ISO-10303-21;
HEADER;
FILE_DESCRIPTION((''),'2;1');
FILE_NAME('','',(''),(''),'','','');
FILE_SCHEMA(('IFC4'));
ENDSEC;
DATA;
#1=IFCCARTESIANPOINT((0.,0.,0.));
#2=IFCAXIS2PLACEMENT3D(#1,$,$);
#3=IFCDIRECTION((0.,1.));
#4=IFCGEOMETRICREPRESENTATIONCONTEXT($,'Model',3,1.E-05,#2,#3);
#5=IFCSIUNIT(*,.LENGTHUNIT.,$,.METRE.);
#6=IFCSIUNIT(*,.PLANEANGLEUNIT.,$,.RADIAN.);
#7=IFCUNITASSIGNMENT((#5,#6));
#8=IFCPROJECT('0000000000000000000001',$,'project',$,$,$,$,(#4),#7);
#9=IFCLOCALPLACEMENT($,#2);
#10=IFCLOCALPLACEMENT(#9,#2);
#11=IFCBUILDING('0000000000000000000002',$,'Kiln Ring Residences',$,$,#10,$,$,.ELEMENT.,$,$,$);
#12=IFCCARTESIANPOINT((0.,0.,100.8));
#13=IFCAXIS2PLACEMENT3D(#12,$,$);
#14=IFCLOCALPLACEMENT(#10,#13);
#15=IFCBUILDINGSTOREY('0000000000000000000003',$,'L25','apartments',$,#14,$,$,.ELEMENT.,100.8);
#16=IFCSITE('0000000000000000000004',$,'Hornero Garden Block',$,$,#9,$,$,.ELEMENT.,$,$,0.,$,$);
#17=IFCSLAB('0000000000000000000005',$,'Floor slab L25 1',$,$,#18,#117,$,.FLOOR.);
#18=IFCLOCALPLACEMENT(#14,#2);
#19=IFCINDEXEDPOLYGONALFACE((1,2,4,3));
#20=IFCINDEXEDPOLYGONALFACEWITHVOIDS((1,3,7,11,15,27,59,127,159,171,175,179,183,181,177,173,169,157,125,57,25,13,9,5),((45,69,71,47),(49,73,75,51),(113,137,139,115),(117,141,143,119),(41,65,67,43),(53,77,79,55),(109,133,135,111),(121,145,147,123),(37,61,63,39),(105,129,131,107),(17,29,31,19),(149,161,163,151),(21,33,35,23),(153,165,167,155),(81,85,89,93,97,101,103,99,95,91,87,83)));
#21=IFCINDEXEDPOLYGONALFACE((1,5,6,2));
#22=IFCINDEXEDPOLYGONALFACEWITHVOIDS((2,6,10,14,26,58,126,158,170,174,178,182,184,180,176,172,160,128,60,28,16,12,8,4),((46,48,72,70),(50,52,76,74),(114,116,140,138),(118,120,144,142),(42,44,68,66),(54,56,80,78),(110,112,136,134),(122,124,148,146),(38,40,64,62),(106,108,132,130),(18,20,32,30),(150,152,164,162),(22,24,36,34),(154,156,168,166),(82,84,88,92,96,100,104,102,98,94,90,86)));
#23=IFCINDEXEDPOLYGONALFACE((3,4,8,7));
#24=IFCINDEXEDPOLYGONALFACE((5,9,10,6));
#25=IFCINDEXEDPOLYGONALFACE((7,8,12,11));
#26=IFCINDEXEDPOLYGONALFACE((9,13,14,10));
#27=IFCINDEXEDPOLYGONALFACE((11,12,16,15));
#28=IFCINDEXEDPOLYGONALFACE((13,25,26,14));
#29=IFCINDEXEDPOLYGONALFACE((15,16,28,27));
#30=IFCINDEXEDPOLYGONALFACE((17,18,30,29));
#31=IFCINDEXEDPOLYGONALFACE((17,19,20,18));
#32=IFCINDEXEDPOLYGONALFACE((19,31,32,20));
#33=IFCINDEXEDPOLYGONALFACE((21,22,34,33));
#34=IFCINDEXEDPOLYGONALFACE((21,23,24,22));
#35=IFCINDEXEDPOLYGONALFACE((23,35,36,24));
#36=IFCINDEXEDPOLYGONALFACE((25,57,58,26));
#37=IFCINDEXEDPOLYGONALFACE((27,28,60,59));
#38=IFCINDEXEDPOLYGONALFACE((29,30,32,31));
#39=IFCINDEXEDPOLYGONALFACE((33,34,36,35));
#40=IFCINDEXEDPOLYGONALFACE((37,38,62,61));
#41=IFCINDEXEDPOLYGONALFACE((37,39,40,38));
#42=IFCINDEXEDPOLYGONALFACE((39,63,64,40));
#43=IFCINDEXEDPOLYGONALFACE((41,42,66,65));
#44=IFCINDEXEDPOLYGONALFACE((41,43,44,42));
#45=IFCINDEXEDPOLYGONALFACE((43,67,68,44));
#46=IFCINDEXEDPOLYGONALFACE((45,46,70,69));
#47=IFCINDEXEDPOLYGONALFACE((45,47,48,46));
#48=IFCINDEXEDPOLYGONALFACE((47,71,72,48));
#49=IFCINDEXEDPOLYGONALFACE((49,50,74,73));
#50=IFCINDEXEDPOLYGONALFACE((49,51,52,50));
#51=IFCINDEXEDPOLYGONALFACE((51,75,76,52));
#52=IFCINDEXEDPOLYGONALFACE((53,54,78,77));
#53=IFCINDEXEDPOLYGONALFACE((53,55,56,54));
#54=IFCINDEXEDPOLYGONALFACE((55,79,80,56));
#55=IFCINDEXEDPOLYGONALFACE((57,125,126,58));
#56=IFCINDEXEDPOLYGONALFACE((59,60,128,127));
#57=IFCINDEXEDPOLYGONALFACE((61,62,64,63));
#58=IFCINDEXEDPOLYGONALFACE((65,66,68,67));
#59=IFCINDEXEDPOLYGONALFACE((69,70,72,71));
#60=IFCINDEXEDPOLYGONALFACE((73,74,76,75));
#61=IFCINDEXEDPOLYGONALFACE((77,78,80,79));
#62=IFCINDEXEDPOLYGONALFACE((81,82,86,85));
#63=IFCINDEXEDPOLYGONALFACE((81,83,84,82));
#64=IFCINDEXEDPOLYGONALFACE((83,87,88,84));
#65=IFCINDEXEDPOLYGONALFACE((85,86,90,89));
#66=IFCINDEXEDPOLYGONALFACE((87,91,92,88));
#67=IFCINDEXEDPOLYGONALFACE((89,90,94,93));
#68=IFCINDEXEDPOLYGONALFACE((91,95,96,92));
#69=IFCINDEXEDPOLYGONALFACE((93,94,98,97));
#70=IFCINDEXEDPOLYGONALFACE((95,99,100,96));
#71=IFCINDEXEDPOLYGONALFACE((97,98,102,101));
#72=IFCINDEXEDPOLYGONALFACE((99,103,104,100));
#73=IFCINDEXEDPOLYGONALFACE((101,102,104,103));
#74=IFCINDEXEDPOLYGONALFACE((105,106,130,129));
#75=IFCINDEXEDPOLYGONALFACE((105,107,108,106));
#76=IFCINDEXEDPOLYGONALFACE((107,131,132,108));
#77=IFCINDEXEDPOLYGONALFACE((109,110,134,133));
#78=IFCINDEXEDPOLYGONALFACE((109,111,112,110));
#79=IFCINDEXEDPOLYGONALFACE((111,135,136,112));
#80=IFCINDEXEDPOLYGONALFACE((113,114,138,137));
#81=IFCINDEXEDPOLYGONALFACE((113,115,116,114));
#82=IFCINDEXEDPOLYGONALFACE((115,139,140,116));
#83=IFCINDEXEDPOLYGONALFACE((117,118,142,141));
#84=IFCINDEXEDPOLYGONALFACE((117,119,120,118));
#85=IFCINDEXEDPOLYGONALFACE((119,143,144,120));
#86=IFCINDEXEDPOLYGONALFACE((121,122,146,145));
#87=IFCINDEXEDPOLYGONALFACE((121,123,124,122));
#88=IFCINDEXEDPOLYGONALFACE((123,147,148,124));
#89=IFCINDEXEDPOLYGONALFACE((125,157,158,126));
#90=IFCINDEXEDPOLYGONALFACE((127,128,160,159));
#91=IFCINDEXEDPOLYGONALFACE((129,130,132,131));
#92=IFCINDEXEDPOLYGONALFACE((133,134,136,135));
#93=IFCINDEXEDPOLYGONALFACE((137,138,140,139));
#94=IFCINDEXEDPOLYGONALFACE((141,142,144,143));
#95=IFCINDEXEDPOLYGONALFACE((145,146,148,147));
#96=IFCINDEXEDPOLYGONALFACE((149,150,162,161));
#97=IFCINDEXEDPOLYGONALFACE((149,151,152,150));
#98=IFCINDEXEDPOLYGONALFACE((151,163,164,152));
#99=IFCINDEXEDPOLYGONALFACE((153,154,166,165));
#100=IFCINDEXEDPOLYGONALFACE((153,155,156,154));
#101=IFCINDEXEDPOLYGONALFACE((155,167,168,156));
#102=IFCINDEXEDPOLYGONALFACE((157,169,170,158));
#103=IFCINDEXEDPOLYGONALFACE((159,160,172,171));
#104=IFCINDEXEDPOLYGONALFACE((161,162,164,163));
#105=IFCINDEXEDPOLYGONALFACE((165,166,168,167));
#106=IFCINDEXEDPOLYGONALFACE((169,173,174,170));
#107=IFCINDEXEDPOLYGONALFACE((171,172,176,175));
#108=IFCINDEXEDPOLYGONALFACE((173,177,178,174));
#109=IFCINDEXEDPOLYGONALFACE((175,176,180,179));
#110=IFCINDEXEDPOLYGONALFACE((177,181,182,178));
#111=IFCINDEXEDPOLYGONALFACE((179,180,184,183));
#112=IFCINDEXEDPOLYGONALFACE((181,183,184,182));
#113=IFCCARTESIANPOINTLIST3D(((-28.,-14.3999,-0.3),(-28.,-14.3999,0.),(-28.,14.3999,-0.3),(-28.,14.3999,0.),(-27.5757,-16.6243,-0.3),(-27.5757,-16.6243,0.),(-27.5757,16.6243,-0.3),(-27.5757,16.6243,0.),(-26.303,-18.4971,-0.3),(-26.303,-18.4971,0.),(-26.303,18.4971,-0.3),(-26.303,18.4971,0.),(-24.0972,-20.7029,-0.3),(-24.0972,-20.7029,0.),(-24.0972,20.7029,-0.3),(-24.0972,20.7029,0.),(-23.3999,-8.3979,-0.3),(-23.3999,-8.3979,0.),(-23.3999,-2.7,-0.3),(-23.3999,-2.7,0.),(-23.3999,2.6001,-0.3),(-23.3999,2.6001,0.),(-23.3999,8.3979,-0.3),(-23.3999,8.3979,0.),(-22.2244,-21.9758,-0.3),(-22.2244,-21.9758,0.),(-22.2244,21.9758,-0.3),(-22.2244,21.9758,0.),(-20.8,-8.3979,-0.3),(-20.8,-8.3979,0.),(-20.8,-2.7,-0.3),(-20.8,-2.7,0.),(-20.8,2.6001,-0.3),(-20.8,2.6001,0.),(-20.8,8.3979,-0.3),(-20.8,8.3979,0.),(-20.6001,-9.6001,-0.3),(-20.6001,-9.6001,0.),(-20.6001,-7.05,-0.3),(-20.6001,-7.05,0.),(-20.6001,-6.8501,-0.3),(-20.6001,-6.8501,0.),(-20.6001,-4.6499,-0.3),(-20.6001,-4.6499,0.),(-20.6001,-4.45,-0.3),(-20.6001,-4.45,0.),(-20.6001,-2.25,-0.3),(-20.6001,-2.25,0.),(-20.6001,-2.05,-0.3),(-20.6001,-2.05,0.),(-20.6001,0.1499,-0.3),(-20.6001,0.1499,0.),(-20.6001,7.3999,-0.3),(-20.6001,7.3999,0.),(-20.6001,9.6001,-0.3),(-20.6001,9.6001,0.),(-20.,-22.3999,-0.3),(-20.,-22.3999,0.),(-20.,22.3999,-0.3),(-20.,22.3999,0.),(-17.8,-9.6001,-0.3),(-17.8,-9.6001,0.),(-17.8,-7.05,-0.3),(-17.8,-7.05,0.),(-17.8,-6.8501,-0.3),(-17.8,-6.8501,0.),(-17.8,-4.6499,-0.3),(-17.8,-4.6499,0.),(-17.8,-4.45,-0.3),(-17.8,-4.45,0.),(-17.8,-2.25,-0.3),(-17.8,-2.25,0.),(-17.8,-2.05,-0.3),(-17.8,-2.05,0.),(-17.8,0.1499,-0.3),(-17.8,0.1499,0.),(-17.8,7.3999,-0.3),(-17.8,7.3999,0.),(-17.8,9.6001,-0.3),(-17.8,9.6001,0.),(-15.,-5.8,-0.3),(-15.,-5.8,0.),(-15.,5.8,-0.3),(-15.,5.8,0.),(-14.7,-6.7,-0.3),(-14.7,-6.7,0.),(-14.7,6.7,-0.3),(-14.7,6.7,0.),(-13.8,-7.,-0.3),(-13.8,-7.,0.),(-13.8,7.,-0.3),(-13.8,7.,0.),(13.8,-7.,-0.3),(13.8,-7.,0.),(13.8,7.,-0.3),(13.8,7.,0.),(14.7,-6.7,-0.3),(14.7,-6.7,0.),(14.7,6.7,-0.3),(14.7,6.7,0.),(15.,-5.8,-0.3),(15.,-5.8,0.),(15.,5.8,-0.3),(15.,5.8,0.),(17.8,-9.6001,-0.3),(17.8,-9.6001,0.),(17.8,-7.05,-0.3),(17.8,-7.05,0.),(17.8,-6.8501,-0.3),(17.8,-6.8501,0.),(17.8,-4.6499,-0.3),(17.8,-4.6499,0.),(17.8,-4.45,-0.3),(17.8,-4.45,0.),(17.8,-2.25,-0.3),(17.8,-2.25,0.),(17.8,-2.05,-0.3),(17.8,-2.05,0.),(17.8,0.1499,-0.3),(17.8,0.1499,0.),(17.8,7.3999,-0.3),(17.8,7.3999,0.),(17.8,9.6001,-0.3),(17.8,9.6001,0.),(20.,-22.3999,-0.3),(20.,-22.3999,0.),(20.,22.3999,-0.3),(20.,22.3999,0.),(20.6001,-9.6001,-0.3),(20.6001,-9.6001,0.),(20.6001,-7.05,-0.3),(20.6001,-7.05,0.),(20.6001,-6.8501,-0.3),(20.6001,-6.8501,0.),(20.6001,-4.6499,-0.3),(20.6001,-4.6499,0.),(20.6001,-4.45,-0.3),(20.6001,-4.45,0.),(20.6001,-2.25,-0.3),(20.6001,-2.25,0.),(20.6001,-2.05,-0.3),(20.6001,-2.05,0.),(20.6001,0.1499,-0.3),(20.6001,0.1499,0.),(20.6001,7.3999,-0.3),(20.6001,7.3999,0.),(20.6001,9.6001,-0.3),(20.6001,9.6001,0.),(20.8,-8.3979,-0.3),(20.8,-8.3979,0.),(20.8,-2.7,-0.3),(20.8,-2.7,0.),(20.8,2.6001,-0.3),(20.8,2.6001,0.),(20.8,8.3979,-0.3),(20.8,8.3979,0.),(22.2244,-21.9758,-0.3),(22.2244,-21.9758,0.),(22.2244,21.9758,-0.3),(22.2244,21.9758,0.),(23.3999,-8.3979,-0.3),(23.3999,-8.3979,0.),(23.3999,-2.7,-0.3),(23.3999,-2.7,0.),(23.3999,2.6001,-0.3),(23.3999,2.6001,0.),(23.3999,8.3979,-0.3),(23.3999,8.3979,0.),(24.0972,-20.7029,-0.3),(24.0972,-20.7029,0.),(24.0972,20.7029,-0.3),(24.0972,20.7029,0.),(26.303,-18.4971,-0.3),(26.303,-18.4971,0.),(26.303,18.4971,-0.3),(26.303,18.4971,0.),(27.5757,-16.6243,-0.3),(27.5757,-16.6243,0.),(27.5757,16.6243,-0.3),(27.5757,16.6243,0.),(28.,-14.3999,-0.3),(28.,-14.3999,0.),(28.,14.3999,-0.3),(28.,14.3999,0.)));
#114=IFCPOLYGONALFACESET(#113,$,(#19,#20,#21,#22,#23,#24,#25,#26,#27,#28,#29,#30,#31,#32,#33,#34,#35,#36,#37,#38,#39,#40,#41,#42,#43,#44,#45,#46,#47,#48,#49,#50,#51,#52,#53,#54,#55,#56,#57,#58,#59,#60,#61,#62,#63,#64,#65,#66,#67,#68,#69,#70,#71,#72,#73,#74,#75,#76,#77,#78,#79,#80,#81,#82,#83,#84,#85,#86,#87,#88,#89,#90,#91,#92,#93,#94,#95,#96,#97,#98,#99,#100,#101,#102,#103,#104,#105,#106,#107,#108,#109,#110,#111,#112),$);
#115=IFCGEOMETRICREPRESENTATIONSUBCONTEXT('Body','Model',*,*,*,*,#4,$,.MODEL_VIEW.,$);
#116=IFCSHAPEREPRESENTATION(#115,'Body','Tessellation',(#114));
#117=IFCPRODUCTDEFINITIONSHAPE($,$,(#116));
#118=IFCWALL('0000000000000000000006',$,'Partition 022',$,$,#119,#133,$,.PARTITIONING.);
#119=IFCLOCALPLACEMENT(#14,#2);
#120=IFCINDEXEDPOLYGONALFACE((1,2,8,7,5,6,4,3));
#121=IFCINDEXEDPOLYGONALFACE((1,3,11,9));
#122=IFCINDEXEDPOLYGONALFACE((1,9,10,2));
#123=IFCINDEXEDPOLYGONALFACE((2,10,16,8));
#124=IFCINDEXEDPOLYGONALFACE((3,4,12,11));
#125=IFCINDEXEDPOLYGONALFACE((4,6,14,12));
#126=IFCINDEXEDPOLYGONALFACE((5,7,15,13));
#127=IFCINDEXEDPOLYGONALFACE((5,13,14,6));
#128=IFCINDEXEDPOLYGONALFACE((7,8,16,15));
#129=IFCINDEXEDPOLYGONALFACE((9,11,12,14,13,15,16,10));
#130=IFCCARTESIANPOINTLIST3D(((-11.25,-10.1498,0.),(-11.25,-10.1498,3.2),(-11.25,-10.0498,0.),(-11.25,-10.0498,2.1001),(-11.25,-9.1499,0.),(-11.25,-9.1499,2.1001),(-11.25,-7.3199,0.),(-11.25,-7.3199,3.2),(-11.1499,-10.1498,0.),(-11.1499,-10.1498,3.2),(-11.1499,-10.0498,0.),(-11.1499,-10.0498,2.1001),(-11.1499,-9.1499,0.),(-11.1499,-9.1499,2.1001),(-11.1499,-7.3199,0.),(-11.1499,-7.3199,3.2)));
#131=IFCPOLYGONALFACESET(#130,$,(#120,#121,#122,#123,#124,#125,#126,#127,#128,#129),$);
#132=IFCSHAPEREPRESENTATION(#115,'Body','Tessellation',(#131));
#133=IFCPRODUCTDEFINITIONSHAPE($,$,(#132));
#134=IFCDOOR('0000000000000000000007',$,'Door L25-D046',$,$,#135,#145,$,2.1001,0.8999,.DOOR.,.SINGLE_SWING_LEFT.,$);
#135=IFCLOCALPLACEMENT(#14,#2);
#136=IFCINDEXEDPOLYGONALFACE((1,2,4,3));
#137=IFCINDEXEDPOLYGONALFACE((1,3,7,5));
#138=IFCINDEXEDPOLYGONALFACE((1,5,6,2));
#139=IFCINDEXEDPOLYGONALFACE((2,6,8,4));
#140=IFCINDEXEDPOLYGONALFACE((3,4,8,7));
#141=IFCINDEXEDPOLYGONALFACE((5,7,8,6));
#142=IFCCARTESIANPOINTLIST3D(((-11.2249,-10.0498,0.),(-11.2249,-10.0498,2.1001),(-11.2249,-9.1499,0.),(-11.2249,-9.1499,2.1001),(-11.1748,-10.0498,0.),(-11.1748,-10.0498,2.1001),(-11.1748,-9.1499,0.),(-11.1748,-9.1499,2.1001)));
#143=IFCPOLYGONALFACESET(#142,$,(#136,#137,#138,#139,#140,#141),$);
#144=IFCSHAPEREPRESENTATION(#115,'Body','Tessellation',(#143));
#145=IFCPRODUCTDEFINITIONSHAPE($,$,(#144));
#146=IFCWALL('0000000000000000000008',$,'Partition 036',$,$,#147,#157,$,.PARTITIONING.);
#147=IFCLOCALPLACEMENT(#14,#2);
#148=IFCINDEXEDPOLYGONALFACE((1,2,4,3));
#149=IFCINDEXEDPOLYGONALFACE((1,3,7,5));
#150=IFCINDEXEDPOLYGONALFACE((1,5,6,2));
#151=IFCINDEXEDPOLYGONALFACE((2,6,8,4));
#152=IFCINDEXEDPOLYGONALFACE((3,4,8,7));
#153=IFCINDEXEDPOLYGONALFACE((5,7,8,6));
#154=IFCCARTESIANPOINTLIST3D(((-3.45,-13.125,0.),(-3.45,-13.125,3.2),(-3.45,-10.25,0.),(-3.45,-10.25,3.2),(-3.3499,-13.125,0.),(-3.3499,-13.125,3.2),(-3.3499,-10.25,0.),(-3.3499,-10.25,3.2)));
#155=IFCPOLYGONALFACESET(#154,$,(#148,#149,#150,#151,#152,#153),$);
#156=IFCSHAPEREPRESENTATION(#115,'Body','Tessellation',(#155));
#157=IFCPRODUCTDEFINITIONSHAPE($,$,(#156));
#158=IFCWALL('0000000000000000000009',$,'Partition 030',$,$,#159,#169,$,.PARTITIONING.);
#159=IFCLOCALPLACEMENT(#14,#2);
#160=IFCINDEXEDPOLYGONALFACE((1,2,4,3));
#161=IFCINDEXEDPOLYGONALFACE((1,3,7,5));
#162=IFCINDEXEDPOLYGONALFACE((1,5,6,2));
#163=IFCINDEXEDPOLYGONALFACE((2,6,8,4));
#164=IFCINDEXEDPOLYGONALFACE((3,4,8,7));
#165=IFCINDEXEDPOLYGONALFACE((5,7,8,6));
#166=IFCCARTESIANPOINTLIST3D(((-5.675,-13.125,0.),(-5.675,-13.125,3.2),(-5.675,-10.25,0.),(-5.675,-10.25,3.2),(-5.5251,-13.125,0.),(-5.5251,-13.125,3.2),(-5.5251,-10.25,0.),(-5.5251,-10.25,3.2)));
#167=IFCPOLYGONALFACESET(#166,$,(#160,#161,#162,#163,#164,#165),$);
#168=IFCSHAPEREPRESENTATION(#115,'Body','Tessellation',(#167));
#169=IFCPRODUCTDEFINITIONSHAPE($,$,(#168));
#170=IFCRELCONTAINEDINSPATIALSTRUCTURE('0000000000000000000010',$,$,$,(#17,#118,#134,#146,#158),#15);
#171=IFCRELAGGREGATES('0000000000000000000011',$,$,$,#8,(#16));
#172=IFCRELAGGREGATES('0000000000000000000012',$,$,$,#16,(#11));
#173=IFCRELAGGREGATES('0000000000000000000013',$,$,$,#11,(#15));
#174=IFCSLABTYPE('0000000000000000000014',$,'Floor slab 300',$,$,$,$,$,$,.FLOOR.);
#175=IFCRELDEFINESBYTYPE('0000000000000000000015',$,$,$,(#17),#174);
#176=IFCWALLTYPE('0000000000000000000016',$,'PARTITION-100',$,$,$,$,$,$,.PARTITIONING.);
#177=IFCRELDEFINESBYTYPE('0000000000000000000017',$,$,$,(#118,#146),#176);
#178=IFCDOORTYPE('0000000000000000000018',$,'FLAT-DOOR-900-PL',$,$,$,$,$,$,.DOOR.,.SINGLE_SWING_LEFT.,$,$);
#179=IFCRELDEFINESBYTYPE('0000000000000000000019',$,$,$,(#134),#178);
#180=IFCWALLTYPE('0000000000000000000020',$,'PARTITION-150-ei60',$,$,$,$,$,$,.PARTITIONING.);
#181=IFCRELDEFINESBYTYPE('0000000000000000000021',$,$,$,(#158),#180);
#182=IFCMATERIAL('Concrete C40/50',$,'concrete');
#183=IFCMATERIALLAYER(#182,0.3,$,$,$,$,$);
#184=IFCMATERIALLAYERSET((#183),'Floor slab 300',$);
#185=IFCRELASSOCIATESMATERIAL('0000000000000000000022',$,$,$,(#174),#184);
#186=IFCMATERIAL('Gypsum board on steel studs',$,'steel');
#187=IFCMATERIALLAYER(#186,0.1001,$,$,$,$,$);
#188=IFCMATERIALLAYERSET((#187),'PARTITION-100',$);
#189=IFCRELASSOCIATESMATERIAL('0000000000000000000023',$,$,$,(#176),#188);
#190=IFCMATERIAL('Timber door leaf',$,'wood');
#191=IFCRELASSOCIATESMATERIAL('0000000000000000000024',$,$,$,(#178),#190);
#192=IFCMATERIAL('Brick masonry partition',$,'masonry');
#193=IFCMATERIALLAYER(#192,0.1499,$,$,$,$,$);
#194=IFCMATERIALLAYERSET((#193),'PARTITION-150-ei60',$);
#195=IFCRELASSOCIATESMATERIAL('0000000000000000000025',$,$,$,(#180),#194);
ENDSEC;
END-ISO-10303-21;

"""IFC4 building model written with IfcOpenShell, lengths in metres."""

from ifc_helpers import new_model, si_unit, direction, frame, frame_2d, origin, place, context, subcontext, project, spatial, polyline, rectangle, outline, extrude, material, layer, layer_set, type_object, element, fill, save


model = new_model("IFC4")

# Units and contexts
model_context = context("Model", 3, precision=1e-05, world=origin(), true_north=direction((0.0, 1.0)))
body_context = subcontext(model_context, "Body", "Model", "MODEL_VIEW")
ifc_project = project(units=[si_unit("LENGTHUNIT", "METRE"), si_unit("PLANEANGLEUNIT", "RADIAN")], contexts=[model_context])

# Site, building, storey
site_placement = place(None, origin())
site = spatial("IfcSite", under=ifc_project, at=site_placement, Name="Hornero Garden Block", CompositionType="ELEMENT", RefElevation=0.0)
building_placement = place(site_placement, origin())
building = spatial("IfcBuilding", under=site, at=building_placement, Name="Kiln Ring Residences", CompositionType="ELEMENT")
storey_placement = place(building_placement, frame((0.0, 0.0, 100.8)))
storey = spatial("IfcBuildingStorey", under=building, at=storey_placement, Name="L25", Description="apartments", CompositionType="ELEMENT", Elevation=100.8)

# Slab
ifc_material_1 = material(Name="Concrete C40/50", Category="concrete")
ifc_layer_1 = layer(ifc_material_1, 0.3)
ifc_layer_set_1 = layer_set([ifc_layer_1], Name="Floor slab 300")
slab_type = type_object("IfcSlabType", Name="Floor slab 300", PredefinedType="FLOOR", material=ifc_layer_set_1)
slab_placement = place(storey_placement, frame((0.0, 0.0, -0.3)))
element("IfcSlab", 1, at=slab_placement, inside=storey, type_object=slab_type, Name="Floor slab L25 1", PredefinedType="FLOOR", context=body_context, shape_type="SweptSolid", body=[
    extrude(outline(polyline([(-26.303, -18.4971), (-24.0972, -20.7029), (-22.2244, -21.9758), (-20.0, -22.3999), (20.0, -22.3999), (22.2244, -21.9758), (24.0972, -20.7029), (26.303, -18.4971), (27.5757, -16.6243), (28.0, -14.3999), (28.0, 14.3999), (27.5757, 16.6243), (26.303, 18.4971), (24.0972, 20.7029), (22.2244, 21.9758), (20.0, 22.3999), (-20.0, 22.3999), (-22.2244, 21.9758), (-24.0972, 20.7029), (-26.303, 18.4971), (-27.5757, 16.6243), (-28.0, 14.3999), (-28.0, -14.3999), (-27.5757, -16.6243), (-26.303, -18.4971)]), holes=[polyline([(-14.7, -6.7), (-15.0, -5.8), (-15.0, 5.8), (-14.7, 6.7), (-13.8, 7.0), (13.8, 7.0), (14.7, 6.7), (15.0, 5.8), (15.0, -5.8), (14.7, -6.7), (13.8, -7.0), (-13.8, -7.0), (-14.7, -6.7)]), polyline([(20.8, -8.3979), (20.8, -2.7), (23.3999, -2.7), (23.3999, -8.3979), (20.8, -8.3979)]), polyline([(20.8, 2.6001), (20.8, 8.3979), (23.3999, 8.3979), (23.3999, 2.6001), (20.8, 2.6001)]), polyline([(17.8, -6.8501), (17.8, -4.6499), (20.6001, -4.6499), (20.6001, -6.8501), (17.8, -6.8501)]), polyline([(17.8, -4.45), (17.8, -2.25), (20.6001, -2.25), (20.6001, -4.45), (17.8, -4.45)]), polyline([(17.8, -2.05), (17.8, 0.1499), (20.6001, 0.1499), (20.6001, -2.05), (17.8, -2.05)]), polyline([(17.8, 7.3999), (17.8, 9.6001), (20.6001, 9.6001), (20.6001, 7.3999), (17.8, 7.3999)]), polyline([(20.6001, -9.6001), (17.8, -9.6001), (17.8, -7.05), (20.6001, -7.05), (20.6001, -9.6001)]), polyline([(-17.8, -7.05), (-17.8, -9.6001), (-20.6001, -9.6001), (-20.6001, -7.05), (-17.8, -7.05)]), polyline([(-17.8, -6.8501), (-20.6001, -6.8501), (-20.6001, -4.6499), (-17.8, -4.6499), (-17.8, -6.8501)]), polyline([(-17.8, -4.45), (-20.6001, -4.45), (-20.6001, -2.25), (-17.8, -2.25), (-17.8, -4.45)]), polyline([(-17.8, -2.05), (-20.6001, -2.05), (-20.6001, 0.1499), (-17.8, 0.1499), (-17.8, -2.05)]), polyline([(-17.8, 7.3999), (-20.6001, 7.3999), (-20.6001, 9.6001), (-17.8, 9.6001), (-17.8, 7.3999)]), polyline([(-20.8, -8.3979), (-23.3999, -8.3979), (-23.3999, -2.7), (-20.8, -2.7), (-20.8, -8.3979)]), polyline([(-20.8, 2.6001), (-23.3999, 2.6001), (-23.3999, 8.3979), (-20.8, 8.3979), (-20.8, 2.6001)])]), origin(), (0.0, 0.0, 1.0), 0.3),
])

# Wall, opening, door
ifc_material_2 = material(Name="Gypsum board on steel studs", Category="steel")
ifc_layer_2 = layer(ifc_material_2, 0.1001)
ifc_layer_set_2 = layer_set([ifc_layer_2], Name="PARTITION-100")
wall_type_1 = type_object("IfcWallType", Name="PARTITION-100", PredefinedType="PARTITIONING", material=ifc_layer_set_2)
wall_1_placement = place(storey_placement, frame((-11.2, -10.1499, 0.0), z_axis=(0.0, 0.0, 1.0), x_axis=(0.0, 1.0, 0.0)))
wall_1 = element("IfcWall", 2, at=wall_1_placement, inside=storey, type_object=wall_type_1, Name="Partition 022", PredefinedType="PARTITIONING", context=body_context, shape_type="SweptSolid", body=[
    extrude(rectangle(XDim=2.8298, YDim=0.1001, at=frame_2d((1.415, 0.0))), origin(), (0.0, 0.0, 1.0), 3.2),
])
opening_placement = place(wall_1_placement, frame((0.1001, 0.0, 0.0)))
opening = element("IfcOpeningElement", 3, at=opening_placement, cuts=wall_1, PredefinedType="OPENING", context=body_context, shape_type="SweptSolid", body=[
    extrude(rectangle(XDim=0.8999, YDim=2.1001, at=frame_2d((0.45, 1.05))), frame((0.0, 0.0601, 0.0), z_axis=(0.0, -1.0, 0.0), x_axis=(1.0, 0.0, 0.0)), (0.0, 0.0, 1.0), 0.1201),
])
ifc_material_3 = material(Name="Timber door leaf", Category="wood")
door_type = type_object("IfcDoorType", Name="FLAT-DOOR-900-PL", OperationType="SINGLE_SWING_LEFT", PredefinedType="DOOR", material=ifc_material_3)
door_placement = place(opening_placement, origin())
door = element("IfcDoor", 4, at=door_placement, inside=storey, type_object=door_type, Name="Door L25-D046", OperationType="SINGLE_SWING_LEFT", OverallHeight=2.1001, OverallWidth=0.8999, PredefinedType="DOOR", context=body_context, shape_type="SweptSolid", body=[
    extrude(rectangle(XDim=0.8999, YDim=2.1001, at=frame_2d((0.45, 1.05))), frame((0.0, 0.0249, 0.0), z_axis=(0.0, -1.0, 0.0), x_axis=(1.0, 0.0, 0.0)), (0.0, 0.0, 1.0), 0.05),
])
fill(opening, door)

# Walls
wall_2_placement = place(storey_placement, frame((-3.3999, -13.125, 0.0), z_axis=(0.0, 0.0, 1.0), x_axis=(0.0, 1.0, 0.0)))
element("IfcWall", 5, at=wall_2_placement, inside=storey, type_object=wall_type_1, Name="Partition 036", PredefinedType="PARTITIONING", context=body_context, shape_type="SweptSolid", body=[
    extrude(rectangle(XDim=2.875, YDim=0.1001, at=frame_2d((1.4375, 0.0))), origin(), (0.0, 0.0, 1.0), 3.2),
])
ifc_material_4 = material(Name="Brick masonry partition", Category="masonry")
ifc_layer_3 = layer(ifc_material_4, 0.1499)
ifc_layer_set_3 = layer_set([ifc_layer_3], Name="PARTITION-150-ei60")
wall_type_2 = type_object("IfcWallType", Name="PARTITION-150-ei60", PredefinedType="PARTITIONING", material=ifc_layer_set_3)
wall_3_placement = place(storey_placement, frame((-5.6001, -13.125, 0.0), z_axis=(0.0, 0.0, 1.0), x_axis=(0.0, 1.0, 0.0)))
element("IfcWall", 6, at=wall_3_placement, inside=storey, type_object=wall_type_2, Name="Partition 030", PredefinedType="PARTITIONING", context=body_context, shape_type="SweptSolid", body=[
    extrude(rectangle(XDim=2.875, YDim=0.1499, at=frame_2d((1.4375, 0.0))), origin(), (0.0, 0.0, 1.0), 3.2),
])

save(model, "model.ifc")
